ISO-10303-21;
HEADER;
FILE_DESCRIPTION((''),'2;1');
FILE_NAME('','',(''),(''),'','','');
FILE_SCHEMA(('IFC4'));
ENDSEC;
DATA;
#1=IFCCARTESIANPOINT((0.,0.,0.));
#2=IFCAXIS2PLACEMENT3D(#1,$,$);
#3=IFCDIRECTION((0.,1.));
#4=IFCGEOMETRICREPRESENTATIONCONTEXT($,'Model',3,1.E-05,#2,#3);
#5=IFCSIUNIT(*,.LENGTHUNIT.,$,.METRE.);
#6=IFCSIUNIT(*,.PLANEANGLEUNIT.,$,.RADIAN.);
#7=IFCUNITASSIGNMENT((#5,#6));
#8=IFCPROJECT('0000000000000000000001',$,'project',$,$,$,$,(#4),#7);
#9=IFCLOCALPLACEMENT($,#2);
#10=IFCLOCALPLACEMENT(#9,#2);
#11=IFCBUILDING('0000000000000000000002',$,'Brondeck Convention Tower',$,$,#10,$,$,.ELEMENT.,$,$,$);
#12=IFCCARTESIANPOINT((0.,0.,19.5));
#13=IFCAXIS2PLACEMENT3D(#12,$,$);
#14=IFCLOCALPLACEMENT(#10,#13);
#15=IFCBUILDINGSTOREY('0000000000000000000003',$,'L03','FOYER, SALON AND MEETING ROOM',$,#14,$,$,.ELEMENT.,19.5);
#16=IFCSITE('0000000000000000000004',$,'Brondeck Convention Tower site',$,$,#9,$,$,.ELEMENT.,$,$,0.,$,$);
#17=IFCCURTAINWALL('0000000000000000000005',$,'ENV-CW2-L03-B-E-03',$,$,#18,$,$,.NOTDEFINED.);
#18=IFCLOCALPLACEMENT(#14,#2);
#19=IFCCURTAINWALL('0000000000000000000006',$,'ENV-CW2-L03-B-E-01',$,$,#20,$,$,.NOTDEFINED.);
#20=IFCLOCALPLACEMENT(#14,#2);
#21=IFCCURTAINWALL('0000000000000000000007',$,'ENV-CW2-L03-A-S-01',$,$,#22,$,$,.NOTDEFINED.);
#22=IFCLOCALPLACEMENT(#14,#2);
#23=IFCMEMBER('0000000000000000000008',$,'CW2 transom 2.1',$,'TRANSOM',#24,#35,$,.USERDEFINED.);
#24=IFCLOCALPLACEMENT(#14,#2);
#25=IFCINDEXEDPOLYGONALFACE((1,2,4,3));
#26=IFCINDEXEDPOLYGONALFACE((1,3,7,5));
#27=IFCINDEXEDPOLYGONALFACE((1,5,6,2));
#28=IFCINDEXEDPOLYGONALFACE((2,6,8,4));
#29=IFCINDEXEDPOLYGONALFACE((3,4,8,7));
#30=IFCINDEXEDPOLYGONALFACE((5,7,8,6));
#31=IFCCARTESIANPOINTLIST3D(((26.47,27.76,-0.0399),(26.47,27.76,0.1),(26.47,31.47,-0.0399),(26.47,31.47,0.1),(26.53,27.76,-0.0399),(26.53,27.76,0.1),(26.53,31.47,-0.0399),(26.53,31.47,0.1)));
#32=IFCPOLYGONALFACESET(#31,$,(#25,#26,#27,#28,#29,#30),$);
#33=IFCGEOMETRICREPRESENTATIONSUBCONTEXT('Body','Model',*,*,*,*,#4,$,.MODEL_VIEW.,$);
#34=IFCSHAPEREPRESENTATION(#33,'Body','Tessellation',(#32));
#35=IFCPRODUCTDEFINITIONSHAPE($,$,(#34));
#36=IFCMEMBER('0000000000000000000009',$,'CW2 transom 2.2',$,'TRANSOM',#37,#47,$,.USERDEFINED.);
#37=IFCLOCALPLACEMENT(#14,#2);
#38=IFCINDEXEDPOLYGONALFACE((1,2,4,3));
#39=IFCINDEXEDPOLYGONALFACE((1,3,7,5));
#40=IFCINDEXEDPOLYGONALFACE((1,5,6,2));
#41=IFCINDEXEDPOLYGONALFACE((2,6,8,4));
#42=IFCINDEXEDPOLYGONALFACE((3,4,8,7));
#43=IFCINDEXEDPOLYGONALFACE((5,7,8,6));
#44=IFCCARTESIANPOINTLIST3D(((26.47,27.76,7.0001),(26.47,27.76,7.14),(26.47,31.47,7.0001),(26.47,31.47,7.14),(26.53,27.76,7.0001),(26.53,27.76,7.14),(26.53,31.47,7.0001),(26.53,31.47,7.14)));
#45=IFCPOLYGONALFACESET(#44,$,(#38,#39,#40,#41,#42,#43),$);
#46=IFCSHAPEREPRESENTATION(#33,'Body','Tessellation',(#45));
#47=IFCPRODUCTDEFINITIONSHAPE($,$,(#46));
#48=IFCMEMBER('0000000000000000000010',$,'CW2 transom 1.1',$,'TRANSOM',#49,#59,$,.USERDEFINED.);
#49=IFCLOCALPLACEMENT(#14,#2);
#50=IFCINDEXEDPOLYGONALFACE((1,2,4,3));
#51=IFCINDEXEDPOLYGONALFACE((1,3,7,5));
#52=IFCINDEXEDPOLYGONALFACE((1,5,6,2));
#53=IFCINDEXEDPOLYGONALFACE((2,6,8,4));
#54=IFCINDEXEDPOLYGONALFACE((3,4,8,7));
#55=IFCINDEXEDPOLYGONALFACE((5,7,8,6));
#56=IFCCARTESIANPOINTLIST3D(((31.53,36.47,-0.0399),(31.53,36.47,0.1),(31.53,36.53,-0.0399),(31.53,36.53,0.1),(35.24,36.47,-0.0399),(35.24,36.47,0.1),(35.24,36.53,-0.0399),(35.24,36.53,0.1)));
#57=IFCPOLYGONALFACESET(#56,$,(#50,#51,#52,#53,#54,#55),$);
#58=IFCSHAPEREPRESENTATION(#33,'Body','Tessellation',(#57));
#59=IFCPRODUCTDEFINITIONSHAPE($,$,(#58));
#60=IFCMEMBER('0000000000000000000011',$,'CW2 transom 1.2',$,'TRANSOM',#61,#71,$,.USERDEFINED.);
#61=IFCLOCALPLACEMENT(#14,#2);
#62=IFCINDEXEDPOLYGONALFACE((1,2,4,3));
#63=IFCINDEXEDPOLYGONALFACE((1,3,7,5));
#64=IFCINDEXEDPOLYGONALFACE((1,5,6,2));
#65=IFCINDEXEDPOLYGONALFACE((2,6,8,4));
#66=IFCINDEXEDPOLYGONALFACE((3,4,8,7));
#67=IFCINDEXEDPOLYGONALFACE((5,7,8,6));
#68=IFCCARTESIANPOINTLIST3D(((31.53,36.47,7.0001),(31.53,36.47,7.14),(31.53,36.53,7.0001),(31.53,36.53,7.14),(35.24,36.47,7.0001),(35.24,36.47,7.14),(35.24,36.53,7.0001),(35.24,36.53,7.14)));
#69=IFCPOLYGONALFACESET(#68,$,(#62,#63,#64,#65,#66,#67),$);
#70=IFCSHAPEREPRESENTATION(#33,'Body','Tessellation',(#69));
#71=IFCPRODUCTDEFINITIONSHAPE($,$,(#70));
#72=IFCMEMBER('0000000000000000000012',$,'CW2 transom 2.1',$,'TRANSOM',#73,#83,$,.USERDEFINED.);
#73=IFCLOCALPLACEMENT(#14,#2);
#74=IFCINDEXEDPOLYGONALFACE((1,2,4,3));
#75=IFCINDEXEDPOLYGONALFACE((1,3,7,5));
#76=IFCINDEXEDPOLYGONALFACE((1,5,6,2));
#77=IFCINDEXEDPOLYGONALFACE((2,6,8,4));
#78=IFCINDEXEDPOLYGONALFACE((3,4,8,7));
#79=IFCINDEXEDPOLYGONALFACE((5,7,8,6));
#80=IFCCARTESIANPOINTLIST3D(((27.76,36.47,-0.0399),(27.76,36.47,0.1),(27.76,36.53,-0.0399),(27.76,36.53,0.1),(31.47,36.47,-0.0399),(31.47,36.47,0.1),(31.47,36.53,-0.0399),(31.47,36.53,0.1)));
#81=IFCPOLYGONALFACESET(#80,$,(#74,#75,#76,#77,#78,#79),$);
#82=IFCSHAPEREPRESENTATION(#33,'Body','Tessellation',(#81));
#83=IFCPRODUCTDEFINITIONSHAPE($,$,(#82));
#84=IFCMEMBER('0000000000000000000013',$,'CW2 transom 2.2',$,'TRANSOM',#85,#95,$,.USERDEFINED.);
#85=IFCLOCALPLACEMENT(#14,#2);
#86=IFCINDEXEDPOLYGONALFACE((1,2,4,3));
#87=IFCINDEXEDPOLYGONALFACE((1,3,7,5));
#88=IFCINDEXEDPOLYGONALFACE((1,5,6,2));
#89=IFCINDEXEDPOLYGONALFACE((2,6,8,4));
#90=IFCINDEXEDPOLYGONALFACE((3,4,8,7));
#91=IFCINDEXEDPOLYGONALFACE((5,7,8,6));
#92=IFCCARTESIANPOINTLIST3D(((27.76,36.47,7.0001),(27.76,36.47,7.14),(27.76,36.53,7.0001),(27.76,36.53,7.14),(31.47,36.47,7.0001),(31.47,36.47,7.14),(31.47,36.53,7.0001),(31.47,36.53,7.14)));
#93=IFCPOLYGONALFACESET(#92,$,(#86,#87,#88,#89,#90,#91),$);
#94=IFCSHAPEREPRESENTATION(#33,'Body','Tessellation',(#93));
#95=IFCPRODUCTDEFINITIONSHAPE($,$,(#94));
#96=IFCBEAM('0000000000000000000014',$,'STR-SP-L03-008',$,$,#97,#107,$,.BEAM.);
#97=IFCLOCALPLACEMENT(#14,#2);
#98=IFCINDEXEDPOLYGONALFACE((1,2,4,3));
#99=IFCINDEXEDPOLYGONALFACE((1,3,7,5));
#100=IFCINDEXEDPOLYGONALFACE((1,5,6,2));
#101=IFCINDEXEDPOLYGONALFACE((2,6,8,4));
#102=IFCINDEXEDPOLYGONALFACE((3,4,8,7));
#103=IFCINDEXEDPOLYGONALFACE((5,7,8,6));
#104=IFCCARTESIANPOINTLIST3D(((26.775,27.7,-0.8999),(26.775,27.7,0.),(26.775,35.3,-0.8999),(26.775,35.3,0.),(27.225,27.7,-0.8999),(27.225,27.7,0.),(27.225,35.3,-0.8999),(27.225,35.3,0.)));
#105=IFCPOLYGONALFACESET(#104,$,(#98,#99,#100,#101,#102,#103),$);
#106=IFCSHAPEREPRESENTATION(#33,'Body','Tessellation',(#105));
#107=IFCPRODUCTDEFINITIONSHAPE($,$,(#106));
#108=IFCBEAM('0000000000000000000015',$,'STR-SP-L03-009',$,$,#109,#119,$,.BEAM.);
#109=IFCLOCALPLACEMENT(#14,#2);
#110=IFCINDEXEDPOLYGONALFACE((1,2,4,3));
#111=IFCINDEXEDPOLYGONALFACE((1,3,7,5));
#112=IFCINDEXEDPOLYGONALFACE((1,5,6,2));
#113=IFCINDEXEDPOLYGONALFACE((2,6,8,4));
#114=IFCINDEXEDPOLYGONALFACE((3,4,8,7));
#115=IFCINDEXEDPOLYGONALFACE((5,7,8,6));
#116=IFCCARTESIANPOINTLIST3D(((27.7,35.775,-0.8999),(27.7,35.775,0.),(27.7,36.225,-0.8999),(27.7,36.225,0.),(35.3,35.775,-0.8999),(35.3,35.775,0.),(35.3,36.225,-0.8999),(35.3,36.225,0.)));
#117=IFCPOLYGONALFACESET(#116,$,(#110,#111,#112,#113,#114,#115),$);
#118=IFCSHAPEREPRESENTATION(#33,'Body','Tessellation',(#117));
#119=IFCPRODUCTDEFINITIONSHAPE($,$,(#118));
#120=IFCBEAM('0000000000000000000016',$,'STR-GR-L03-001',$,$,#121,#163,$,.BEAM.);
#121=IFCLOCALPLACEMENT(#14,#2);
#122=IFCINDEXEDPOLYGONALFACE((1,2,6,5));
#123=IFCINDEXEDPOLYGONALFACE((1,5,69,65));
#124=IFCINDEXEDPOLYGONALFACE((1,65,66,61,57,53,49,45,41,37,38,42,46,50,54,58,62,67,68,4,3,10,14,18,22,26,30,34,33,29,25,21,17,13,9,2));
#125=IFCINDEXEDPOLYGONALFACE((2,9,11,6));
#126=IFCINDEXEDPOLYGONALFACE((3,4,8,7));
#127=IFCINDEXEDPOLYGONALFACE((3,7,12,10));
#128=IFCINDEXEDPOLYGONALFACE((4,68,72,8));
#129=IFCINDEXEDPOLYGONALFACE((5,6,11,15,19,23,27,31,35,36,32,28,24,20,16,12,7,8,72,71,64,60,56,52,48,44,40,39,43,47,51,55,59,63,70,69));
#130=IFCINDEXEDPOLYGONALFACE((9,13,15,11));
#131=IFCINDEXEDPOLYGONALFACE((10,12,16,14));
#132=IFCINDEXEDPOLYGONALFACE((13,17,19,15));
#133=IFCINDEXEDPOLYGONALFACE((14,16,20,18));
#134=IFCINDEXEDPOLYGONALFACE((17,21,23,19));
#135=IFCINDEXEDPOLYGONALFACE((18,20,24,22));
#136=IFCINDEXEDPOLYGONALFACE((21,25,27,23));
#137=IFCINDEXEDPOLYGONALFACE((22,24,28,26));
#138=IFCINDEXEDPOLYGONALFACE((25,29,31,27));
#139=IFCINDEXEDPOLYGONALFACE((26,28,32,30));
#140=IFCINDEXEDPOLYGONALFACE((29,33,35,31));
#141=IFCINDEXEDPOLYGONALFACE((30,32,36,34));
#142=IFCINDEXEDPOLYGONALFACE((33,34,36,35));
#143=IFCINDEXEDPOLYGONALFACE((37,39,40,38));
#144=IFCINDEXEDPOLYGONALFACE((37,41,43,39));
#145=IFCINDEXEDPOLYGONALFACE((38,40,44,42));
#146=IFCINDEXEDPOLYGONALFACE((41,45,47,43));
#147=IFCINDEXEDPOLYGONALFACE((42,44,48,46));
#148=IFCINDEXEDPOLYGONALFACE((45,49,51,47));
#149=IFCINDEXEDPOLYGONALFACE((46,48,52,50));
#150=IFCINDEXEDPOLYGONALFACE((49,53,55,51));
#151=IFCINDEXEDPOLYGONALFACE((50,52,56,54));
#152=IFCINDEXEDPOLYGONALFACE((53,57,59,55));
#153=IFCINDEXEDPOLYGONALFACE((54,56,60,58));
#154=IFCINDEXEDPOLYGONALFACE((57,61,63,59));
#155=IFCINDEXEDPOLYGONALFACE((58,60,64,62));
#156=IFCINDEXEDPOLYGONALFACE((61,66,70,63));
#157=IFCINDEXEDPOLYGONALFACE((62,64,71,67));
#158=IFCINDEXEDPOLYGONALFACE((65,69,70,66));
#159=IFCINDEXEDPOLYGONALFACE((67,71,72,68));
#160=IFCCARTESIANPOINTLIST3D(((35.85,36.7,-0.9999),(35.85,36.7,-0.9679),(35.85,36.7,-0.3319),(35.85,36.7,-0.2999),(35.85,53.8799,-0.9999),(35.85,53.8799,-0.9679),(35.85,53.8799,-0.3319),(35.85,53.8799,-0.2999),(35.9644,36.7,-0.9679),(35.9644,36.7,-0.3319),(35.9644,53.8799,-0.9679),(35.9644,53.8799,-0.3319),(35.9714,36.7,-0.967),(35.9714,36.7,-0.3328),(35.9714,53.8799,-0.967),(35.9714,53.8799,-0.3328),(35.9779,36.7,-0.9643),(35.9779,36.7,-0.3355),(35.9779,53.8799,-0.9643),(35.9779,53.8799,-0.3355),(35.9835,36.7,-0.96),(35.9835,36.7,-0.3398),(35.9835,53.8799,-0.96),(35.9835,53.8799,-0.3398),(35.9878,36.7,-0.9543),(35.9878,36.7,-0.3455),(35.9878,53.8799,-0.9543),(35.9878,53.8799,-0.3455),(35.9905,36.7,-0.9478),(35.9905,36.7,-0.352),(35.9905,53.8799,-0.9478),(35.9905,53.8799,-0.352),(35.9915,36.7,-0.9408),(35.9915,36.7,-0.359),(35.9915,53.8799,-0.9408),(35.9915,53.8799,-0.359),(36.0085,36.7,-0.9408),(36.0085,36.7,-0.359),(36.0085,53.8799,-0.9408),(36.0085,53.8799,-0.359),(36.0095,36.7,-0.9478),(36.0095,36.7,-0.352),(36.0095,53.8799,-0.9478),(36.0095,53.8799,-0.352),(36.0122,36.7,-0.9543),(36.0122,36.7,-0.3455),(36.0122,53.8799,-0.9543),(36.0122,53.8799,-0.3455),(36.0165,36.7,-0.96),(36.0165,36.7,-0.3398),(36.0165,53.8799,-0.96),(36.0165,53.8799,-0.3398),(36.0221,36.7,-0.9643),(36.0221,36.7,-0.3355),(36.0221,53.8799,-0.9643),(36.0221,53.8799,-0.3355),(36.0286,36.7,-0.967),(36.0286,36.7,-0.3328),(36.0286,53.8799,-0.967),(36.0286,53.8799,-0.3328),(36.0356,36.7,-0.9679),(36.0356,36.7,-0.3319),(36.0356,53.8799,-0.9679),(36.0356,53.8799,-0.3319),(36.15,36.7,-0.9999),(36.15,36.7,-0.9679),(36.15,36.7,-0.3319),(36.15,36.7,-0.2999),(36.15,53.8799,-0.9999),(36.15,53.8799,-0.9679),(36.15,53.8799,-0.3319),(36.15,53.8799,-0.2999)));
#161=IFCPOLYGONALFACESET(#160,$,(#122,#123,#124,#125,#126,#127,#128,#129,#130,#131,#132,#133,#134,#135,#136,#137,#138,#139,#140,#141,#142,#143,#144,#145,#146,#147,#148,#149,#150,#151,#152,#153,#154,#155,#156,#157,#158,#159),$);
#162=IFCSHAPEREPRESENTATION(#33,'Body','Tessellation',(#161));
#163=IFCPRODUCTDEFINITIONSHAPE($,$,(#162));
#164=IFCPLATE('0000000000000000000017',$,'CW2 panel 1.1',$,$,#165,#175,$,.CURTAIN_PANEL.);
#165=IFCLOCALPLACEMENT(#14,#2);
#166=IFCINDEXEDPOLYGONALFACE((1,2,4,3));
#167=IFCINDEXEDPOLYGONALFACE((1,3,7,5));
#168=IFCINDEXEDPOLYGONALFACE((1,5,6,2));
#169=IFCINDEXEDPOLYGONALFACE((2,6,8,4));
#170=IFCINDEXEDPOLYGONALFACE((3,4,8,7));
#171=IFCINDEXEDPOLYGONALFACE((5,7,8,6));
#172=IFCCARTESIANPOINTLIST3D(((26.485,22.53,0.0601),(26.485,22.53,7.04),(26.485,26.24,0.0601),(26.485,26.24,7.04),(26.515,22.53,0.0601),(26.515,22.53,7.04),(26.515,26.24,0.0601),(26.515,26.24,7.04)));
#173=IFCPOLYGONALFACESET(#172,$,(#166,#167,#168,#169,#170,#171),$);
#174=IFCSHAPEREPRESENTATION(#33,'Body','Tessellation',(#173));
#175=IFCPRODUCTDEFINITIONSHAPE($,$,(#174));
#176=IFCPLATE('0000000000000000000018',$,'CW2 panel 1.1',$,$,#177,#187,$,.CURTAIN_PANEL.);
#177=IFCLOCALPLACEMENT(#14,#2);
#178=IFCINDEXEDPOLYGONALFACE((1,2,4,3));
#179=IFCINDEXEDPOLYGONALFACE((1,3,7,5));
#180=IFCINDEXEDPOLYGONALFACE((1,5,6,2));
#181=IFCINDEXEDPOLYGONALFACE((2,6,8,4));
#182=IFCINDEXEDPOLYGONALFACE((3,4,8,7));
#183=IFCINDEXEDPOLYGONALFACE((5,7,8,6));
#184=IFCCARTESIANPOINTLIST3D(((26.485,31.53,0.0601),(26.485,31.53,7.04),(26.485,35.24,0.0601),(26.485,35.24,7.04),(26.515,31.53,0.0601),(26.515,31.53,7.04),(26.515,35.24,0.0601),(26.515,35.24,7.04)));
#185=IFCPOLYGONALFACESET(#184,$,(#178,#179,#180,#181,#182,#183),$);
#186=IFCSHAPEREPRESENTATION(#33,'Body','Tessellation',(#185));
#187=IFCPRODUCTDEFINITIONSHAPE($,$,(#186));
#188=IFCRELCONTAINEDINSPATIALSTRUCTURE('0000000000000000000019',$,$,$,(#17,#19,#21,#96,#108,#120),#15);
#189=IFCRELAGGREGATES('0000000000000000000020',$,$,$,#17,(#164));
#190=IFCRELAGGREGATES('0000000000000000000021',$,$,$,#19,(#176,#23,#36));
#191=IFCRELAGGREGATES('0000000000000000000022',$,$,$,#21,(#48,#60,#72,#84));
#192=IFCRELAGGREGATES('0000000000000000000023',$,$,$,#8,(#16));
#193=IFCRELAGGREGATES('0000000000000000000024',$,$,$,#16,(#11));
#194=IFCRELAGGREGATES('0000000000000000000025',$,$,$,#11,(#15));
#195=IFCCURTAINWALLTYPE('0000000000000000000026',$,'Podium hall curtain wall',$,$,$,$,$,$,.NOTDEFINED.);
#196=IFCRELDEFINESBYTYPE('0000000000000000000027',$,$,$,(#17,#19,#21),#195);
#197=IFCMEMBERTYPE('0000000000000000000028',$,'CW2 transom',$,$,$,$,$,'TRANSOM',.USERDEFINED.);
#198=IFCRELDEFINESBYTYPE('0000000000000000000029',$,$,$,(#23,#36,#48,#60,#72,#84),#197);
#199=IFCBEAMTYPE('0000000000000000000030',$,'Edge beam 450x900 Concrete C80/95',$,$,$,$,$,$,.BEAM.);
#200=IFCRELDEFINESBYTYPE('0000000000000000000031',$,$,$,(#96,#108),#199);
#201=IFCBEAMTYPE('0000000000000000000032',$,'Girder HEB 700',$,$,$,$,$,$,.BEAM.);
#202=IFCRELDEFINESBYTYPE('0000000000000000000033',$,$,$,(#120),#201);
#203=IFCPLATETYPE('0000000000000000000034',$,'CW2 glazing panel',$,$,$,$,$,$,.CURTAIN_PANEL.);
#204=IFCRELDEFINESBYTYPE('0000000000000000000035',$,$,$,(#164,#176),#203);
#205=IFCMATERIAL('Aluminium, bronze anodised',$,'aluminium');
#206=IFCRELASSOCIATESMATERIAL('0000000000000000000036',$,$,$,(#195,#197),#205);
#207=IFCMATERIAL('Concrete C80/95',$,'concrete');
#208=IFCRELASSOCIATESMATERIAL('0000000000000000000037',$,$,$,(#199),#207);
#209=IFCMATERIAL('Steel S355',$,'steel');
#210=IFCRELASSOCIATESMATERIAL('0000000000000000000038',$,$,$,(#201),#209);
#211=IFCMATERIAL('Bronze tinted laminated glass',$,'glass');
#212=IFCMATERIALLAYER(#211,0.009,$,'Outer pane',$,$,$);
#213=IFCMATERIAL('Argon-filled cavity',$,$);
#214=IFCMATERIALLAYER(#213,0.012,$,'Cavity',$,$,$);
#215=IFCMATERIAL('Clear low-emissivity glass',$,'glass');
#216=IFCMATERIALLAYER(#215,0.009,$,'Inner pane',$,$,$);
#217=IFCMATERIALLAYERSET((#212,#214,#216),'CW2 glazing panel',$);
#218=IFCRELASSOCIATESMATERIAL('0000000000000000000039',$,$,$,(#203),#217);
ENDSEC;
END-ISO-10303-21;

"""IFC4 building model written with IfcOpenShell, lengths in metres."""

from ifc_helpers import new_model, si_unit, direction, frame, origin, origin_2d, place, context, subcontext, project, spatial, rectangle, i_section, extrude, material, layer, layer_set, material_profile, profile_set, type_object, element, aggregate, save


model = new_model("IFC4")

# Units and contexts
model_context = context("Model", 3, precision=1e-05, world=origin(), true_north=direction((0.0, 1.0)))
body_context = subcontext(model_context, "Body", "Model", "MODEL_VIEW")
ifc_project = project(units=[si_unit("LENGTHUNIT", "METRE"), si_unit("PLANEANGLEUNIT", "RADIAN")], contexts=[model_context])

# Site, building, storey
site_placement = place(None, origin())
site = spatial("IfcSite", under=ifc_project, at=site_placement, Name="Brondeck Convention Tower site", CompositionType="ELEMENT", RefElevation=0.0)
building_placement = place(site_placement, origin())
building = spatial("IfcBuilding", under=site, at=building_placement, Name="Brondeck Convention Tower", CompositionType="ELEMENT")
storey_placement = place(building_placement, frame((0.0, 0.0, 19.5)))
storey = spatial("IfcBuildingStorey", under=building, at=storey_placement, Name="L03", Description="FOYER, SALON AND MEETING ROOM", CompositionType="ELEMENT", Elevation=19.5)

# Shared definitions
ifc_material_1 = material(Name="Concrete C80/95", Category="concrete")

# Curtain wall
ifc_material_2 = material(Name="Aluminium, bronze anodised", Category="aluminium")
curtain_wall_type = type_object("IfcCurtainWallType", Name="Podium hall curtain wall", PredefinedType="NOTDEFINED", material=ifc_material_2)
curtain_wall_1_placement = place(storey_placement, origin())
curtain_wall_1 = element("IfcCurtainWall", 1, at=curtain_wall_1_placement, inside=storey, type_object=curtain_wall_type, Name="ENV-CW2-L03-B-E-03", PredefinedType="NOTDEFINED")

# Curtain walls
curtain_wall_2_placement = place(storey_placement, origin())
curtain_wall_2 = element("IfcCurtainWall", 2, at=curtain_wall_2_placement, inside=storey, type_object=curtain_wall_type, Name="ENV-CW2-L03-B-E-01", PredefinedType="NOTDEFINED")
curtain_wall_3_placement = place(storey_placement, origin())
curtain_wall_3 = element("IfcCurtainWall", 3, at=curtain_wall_3_placement, inside=storey, type_object=curtain_wall_type, Name="ENV-CW2-L03-A-S-01", PredefinedType="NOTDEFINED")

# Members
ifc_material_profile_1 = material_profile(ifc_material_2, rectangle(XDim=0.0601, YDim=0.1399, at=origin_2d()), Name="CW2 transom")
ifc_profile_set_1 = profile_set([ifc_material_profile_1], Name="Aluminium, bronze anodised")
member_type_1 = type_object("IfcMemberType", Name="CW2 transom", ElementType="TRANSOM", PredefinedType="USERDEFINED", material=ifc_profile_set_1)
member_1_placement = place(storey_placement, frame((26.5, 31.47, 0.03), z_axis=(0.0, -1.0, 0.0), x_axis=(1.0, 0.0, 0.0)))
member_1 = element("IfcMember", 4, at=member_1_placement, type_object=member_type_1, Name="CW2 transom 2.1", ObjectType="TRANSOM", PredefinedType="USERDEFINED", context=body_context, shape_type="SweptSolid", body=[
    extrude(rectangle(XDim=0.0601, YDim=0.1399, at=origin_2d()), origin(), (0.0, 0.0, 1.0), 3.71),
])
member_2_placement = place(storey_placement, frame((26.5, 31.47, 7.0701), z_axis=(0.0, -1.0, 0.0), x_axis=(1.0, 0.0, 0.0)))
member_2 = element("IfcMember", 5, at=member_2_placement, type_object=member_type_1, Name="CW2 transom 2.2", ObjectType="TRANSOM", PredefinedType="USERDEFINED", context=body_context, shape_type="SweptSolid", body=[
    extrude(rectangle(XDim=0.0601, YDim=0.1399, at=origin_2d()), origin(), (0.0, 0.0, 1.0), 3.71),
])
member_3_placement = place(storey_placement, frame((35.24, 36.5, 0.03), z_axis=(-1.0, 0.0, 0.0), x_axis=(0.0, -1.0, 0.0)))
member_3 = element("IfcMember", 6, at=member_3_placement, type_object=member_type_1, Name="CW2 transom 1.1", ObjectType="TRANSOM", PredefinedType="USERDEFINED", context=body_context, shape_type="SweptSolid", body=[
    extrude(rectangle(XDim=0.0601, YDim=0.1399, at=origin_2d()), origin(), (0.0, 0.0, 1.0), 3.71),
])
member_4_placement = place(storey_placement, frame((35.24, 36.5, 7.0701), z_axis=(-1.0, 0.0, 0.0), x_axis=(0.0, -1.0, 0.0)))
member_4 = element("IfcMember", 7, at=member_4_placement, type_object=member_type_1, Name="CW2 transom 1.2", ObjectType="TRANSOM", PredefinedType="USERDEFINED", context=body_context, shape_type="SweptSolid", body=[
    extrude(rectangle(XDim=0.0601, YDim=0.1399, at=origin_2d()), origin(), (0.0, 0.0, 1.0), 3.71),
])
member_5_placement = place(storey_placement, frame((31.47, 36.5, 0.03), z_axis=(-1.0, 0.0, 0.0), x_axis=(0.0, -1.0, 0.0)))
member_5 = element("IfcMember", 8, at=member_5_placement, type_object=member_type_1, Name="CW2 transom 2.1", ObjectType="TRANSOM", PredefinedType="USERDEFINED", context=body_context, shape_type="SweptSolid", body=[
    extrude(rectangle(XDim=0.0601, YDim=0.1399, at=origin_2d()), origin(), (0.0, 0.0, 1.0), 3.71),
])
member_6_placement = place(storey_placement, frame((31.47, 36.5, 7.0701), z_axis=(-1.0, 0.0, 0.0), x_axis=(0.0, -1.0, 0.0)))
member_6 = element("IfcMember", 9, at=member_6_placement, type_object=member_type_1, Name="CW2 transom 2.2", ObjectType="TRANSOM", PredefinedType="USERDEFINED", context=body_context, shape_type="SweptSolid", body=[
    extrude(rectangle(XDim=0.0601, YDim=0.1399, at=origin_2d()), origin(), (0.0, 0.0, 1.0), 3.71),
])

# Beams
ifc_material_profile_2 = material_profile(ifc_material_1, rectangle(XDim=0.45, YDim=0.8999, at=origin_2d()), Name="Edge beam 450x900 Concrete C80/95")
ifc_profile_set_2 = profile_set([ifc_material_profile_2], Name="Concrete C80/95")
beam_type_1 = type_object("IfcBeamType", Name="Edge beam 450x900 Concrete C80/95", PredefinedType="BEAM", material=ifc_profile_set_2)
for number, where, z_axis, x_axis, name in (
    (10, (27.0, 27.7, -0.45), (0.0, 1.0, 0.0), (-1.0, 0.0, 0.0), "STR-SP-L03-008"),
    (11, (27.7, 36.0, -0.45), (1.0, 0.0, 0.0), (0.0, 1.0, 0.0), "STR-SP-L03-009"),
):
    element("IfcBeam", number, at=place(storey_placement, frame(where, z_axis=z_axis, x_axis=x_axis)), inside=storey, type_object=beam_type_1, Name=name, PredefinedType="BEAM", context=body_context, shape_type="SweptSolid", body=[
        extrude(rectangle(XDim=0.45, YDim=0.8999, at=origin_2d()), origin(), (0.0, 0.0, 1.0), 7.6001),
    ])
ifc_material_3 = material(Name="Steel S355", Category="steel")
ifc_material_profile_3 = material_profile(ifc_material_3, i_section(OverallWidth=0.3, OverallDepth=0.7, WebThickness=0.0171, FlangeThickness=0.032, FilletRadius=0.0271, at=origin_2d()), Name="HEB 700")
ifc_profile_set_3 = profile_set([ifc_material_profile_3], Name="Steel S355")
beam_type_2 = type_object("IfcBeamType", Name="Girder HEB 700", PredefinedType="BEAM", material=ifc_profile_set_3)
beam_placement = place(storey_placement, frame((36.0, 36.7, -0.6499), z_axis=(0.0, 1.0, 0.0), x_axis=(-1.0, 0.0, 0.0)))
element("IfcBeam", 12, at=beam_placement, inside=storey, type_object=beam_type_2, Name="STR-GR-L03-001", PredefinedType="BEAM", context=body_context, shape_type="SweptSolid", body=[
    extrude(i_section(OverallWidth=0.3, OverallDepth=0.7, WebThickness=0.0171, FlangeThickness=0.032, FilletRadius=0.0271, at=origin_2d()), origin(), (0.0, 0.0, 1.0), 17.1799),
])

# Plates
ifc_material_4 = material(Name="Bronze tinted laminated glass", Category="glass")
ifc_layer_1 = layer(ifc_material_4, 0.009, Name="Outer pane")
ifc_material_5 = material(Name="Argon-filled cavity")
ifc_layer_2 = layer(ifc_material_5, 0.012, Name="Cavity")
ifc_material_6 = material(Name="Clear low-emissivity glass", Category="glass")
ifc_layer_3 = layer(ifc_material_6, 0.009, Name="Inner pane")
ifc_layer_set_1 = layer_set([ifc_layer_1, ifc_layer_2, ifc_layer_3], Name="CW2 glazing panel")
plate_type = type_object("IfcPlateType", Name="CW2 glazing panel", PredefinedType="CURTAIN_PANEL", material=ifc_layer_set_1)
plate_1_placement = place(storey_placement, frame((26.5, 24.385, 0.0601), z_axis=(0.0, 0.0, 1.0), x_axis=(0.0, -1.0, 0.0)))
plate_1 = element("IfcPlate", 13, at=plate_1_placement, type_object=plate_type, Name="CW2 panel 1.1", PredefinedType="CURTAIN_PANEL", context=body_context, shape_type="SweptSolid", body=[
    extrude(rectangle(XDim=3.71, YDim=0.03, at=origin_2d()), origin(), (0.0, 0.0, 1.0), 6.98),
])
aggregate(curtain_wall_1, [plate_1])
plate_2_placement = place(storey_placement, frame((26.5, 33.385, 0.0601), z_axis=(0.0, 0.0, 1.0), x_axis=(0.0, -1.0, 0.0)))
plate_2 = element("IfcPlate", 14, at=plate_2_placement, type_object=plate_type, Name="CW2 panel 1.1", PredefinedType="CURTAIN_PANEL", context=body_context, shape_type="SweptSolid", body=[
    extrude(rectangle(XDim=3.71, YDim=0.03, at=origin_2d()), origin(), (0.0, 0.0, 1.0), 6.98),
])
aggregate(curtain_wall_2, [plate_2, member_1, member_2])
aggregate(curtain_wall_3, [member_3, member_4, member_5, member_6])

save(model, "model.ifc")
